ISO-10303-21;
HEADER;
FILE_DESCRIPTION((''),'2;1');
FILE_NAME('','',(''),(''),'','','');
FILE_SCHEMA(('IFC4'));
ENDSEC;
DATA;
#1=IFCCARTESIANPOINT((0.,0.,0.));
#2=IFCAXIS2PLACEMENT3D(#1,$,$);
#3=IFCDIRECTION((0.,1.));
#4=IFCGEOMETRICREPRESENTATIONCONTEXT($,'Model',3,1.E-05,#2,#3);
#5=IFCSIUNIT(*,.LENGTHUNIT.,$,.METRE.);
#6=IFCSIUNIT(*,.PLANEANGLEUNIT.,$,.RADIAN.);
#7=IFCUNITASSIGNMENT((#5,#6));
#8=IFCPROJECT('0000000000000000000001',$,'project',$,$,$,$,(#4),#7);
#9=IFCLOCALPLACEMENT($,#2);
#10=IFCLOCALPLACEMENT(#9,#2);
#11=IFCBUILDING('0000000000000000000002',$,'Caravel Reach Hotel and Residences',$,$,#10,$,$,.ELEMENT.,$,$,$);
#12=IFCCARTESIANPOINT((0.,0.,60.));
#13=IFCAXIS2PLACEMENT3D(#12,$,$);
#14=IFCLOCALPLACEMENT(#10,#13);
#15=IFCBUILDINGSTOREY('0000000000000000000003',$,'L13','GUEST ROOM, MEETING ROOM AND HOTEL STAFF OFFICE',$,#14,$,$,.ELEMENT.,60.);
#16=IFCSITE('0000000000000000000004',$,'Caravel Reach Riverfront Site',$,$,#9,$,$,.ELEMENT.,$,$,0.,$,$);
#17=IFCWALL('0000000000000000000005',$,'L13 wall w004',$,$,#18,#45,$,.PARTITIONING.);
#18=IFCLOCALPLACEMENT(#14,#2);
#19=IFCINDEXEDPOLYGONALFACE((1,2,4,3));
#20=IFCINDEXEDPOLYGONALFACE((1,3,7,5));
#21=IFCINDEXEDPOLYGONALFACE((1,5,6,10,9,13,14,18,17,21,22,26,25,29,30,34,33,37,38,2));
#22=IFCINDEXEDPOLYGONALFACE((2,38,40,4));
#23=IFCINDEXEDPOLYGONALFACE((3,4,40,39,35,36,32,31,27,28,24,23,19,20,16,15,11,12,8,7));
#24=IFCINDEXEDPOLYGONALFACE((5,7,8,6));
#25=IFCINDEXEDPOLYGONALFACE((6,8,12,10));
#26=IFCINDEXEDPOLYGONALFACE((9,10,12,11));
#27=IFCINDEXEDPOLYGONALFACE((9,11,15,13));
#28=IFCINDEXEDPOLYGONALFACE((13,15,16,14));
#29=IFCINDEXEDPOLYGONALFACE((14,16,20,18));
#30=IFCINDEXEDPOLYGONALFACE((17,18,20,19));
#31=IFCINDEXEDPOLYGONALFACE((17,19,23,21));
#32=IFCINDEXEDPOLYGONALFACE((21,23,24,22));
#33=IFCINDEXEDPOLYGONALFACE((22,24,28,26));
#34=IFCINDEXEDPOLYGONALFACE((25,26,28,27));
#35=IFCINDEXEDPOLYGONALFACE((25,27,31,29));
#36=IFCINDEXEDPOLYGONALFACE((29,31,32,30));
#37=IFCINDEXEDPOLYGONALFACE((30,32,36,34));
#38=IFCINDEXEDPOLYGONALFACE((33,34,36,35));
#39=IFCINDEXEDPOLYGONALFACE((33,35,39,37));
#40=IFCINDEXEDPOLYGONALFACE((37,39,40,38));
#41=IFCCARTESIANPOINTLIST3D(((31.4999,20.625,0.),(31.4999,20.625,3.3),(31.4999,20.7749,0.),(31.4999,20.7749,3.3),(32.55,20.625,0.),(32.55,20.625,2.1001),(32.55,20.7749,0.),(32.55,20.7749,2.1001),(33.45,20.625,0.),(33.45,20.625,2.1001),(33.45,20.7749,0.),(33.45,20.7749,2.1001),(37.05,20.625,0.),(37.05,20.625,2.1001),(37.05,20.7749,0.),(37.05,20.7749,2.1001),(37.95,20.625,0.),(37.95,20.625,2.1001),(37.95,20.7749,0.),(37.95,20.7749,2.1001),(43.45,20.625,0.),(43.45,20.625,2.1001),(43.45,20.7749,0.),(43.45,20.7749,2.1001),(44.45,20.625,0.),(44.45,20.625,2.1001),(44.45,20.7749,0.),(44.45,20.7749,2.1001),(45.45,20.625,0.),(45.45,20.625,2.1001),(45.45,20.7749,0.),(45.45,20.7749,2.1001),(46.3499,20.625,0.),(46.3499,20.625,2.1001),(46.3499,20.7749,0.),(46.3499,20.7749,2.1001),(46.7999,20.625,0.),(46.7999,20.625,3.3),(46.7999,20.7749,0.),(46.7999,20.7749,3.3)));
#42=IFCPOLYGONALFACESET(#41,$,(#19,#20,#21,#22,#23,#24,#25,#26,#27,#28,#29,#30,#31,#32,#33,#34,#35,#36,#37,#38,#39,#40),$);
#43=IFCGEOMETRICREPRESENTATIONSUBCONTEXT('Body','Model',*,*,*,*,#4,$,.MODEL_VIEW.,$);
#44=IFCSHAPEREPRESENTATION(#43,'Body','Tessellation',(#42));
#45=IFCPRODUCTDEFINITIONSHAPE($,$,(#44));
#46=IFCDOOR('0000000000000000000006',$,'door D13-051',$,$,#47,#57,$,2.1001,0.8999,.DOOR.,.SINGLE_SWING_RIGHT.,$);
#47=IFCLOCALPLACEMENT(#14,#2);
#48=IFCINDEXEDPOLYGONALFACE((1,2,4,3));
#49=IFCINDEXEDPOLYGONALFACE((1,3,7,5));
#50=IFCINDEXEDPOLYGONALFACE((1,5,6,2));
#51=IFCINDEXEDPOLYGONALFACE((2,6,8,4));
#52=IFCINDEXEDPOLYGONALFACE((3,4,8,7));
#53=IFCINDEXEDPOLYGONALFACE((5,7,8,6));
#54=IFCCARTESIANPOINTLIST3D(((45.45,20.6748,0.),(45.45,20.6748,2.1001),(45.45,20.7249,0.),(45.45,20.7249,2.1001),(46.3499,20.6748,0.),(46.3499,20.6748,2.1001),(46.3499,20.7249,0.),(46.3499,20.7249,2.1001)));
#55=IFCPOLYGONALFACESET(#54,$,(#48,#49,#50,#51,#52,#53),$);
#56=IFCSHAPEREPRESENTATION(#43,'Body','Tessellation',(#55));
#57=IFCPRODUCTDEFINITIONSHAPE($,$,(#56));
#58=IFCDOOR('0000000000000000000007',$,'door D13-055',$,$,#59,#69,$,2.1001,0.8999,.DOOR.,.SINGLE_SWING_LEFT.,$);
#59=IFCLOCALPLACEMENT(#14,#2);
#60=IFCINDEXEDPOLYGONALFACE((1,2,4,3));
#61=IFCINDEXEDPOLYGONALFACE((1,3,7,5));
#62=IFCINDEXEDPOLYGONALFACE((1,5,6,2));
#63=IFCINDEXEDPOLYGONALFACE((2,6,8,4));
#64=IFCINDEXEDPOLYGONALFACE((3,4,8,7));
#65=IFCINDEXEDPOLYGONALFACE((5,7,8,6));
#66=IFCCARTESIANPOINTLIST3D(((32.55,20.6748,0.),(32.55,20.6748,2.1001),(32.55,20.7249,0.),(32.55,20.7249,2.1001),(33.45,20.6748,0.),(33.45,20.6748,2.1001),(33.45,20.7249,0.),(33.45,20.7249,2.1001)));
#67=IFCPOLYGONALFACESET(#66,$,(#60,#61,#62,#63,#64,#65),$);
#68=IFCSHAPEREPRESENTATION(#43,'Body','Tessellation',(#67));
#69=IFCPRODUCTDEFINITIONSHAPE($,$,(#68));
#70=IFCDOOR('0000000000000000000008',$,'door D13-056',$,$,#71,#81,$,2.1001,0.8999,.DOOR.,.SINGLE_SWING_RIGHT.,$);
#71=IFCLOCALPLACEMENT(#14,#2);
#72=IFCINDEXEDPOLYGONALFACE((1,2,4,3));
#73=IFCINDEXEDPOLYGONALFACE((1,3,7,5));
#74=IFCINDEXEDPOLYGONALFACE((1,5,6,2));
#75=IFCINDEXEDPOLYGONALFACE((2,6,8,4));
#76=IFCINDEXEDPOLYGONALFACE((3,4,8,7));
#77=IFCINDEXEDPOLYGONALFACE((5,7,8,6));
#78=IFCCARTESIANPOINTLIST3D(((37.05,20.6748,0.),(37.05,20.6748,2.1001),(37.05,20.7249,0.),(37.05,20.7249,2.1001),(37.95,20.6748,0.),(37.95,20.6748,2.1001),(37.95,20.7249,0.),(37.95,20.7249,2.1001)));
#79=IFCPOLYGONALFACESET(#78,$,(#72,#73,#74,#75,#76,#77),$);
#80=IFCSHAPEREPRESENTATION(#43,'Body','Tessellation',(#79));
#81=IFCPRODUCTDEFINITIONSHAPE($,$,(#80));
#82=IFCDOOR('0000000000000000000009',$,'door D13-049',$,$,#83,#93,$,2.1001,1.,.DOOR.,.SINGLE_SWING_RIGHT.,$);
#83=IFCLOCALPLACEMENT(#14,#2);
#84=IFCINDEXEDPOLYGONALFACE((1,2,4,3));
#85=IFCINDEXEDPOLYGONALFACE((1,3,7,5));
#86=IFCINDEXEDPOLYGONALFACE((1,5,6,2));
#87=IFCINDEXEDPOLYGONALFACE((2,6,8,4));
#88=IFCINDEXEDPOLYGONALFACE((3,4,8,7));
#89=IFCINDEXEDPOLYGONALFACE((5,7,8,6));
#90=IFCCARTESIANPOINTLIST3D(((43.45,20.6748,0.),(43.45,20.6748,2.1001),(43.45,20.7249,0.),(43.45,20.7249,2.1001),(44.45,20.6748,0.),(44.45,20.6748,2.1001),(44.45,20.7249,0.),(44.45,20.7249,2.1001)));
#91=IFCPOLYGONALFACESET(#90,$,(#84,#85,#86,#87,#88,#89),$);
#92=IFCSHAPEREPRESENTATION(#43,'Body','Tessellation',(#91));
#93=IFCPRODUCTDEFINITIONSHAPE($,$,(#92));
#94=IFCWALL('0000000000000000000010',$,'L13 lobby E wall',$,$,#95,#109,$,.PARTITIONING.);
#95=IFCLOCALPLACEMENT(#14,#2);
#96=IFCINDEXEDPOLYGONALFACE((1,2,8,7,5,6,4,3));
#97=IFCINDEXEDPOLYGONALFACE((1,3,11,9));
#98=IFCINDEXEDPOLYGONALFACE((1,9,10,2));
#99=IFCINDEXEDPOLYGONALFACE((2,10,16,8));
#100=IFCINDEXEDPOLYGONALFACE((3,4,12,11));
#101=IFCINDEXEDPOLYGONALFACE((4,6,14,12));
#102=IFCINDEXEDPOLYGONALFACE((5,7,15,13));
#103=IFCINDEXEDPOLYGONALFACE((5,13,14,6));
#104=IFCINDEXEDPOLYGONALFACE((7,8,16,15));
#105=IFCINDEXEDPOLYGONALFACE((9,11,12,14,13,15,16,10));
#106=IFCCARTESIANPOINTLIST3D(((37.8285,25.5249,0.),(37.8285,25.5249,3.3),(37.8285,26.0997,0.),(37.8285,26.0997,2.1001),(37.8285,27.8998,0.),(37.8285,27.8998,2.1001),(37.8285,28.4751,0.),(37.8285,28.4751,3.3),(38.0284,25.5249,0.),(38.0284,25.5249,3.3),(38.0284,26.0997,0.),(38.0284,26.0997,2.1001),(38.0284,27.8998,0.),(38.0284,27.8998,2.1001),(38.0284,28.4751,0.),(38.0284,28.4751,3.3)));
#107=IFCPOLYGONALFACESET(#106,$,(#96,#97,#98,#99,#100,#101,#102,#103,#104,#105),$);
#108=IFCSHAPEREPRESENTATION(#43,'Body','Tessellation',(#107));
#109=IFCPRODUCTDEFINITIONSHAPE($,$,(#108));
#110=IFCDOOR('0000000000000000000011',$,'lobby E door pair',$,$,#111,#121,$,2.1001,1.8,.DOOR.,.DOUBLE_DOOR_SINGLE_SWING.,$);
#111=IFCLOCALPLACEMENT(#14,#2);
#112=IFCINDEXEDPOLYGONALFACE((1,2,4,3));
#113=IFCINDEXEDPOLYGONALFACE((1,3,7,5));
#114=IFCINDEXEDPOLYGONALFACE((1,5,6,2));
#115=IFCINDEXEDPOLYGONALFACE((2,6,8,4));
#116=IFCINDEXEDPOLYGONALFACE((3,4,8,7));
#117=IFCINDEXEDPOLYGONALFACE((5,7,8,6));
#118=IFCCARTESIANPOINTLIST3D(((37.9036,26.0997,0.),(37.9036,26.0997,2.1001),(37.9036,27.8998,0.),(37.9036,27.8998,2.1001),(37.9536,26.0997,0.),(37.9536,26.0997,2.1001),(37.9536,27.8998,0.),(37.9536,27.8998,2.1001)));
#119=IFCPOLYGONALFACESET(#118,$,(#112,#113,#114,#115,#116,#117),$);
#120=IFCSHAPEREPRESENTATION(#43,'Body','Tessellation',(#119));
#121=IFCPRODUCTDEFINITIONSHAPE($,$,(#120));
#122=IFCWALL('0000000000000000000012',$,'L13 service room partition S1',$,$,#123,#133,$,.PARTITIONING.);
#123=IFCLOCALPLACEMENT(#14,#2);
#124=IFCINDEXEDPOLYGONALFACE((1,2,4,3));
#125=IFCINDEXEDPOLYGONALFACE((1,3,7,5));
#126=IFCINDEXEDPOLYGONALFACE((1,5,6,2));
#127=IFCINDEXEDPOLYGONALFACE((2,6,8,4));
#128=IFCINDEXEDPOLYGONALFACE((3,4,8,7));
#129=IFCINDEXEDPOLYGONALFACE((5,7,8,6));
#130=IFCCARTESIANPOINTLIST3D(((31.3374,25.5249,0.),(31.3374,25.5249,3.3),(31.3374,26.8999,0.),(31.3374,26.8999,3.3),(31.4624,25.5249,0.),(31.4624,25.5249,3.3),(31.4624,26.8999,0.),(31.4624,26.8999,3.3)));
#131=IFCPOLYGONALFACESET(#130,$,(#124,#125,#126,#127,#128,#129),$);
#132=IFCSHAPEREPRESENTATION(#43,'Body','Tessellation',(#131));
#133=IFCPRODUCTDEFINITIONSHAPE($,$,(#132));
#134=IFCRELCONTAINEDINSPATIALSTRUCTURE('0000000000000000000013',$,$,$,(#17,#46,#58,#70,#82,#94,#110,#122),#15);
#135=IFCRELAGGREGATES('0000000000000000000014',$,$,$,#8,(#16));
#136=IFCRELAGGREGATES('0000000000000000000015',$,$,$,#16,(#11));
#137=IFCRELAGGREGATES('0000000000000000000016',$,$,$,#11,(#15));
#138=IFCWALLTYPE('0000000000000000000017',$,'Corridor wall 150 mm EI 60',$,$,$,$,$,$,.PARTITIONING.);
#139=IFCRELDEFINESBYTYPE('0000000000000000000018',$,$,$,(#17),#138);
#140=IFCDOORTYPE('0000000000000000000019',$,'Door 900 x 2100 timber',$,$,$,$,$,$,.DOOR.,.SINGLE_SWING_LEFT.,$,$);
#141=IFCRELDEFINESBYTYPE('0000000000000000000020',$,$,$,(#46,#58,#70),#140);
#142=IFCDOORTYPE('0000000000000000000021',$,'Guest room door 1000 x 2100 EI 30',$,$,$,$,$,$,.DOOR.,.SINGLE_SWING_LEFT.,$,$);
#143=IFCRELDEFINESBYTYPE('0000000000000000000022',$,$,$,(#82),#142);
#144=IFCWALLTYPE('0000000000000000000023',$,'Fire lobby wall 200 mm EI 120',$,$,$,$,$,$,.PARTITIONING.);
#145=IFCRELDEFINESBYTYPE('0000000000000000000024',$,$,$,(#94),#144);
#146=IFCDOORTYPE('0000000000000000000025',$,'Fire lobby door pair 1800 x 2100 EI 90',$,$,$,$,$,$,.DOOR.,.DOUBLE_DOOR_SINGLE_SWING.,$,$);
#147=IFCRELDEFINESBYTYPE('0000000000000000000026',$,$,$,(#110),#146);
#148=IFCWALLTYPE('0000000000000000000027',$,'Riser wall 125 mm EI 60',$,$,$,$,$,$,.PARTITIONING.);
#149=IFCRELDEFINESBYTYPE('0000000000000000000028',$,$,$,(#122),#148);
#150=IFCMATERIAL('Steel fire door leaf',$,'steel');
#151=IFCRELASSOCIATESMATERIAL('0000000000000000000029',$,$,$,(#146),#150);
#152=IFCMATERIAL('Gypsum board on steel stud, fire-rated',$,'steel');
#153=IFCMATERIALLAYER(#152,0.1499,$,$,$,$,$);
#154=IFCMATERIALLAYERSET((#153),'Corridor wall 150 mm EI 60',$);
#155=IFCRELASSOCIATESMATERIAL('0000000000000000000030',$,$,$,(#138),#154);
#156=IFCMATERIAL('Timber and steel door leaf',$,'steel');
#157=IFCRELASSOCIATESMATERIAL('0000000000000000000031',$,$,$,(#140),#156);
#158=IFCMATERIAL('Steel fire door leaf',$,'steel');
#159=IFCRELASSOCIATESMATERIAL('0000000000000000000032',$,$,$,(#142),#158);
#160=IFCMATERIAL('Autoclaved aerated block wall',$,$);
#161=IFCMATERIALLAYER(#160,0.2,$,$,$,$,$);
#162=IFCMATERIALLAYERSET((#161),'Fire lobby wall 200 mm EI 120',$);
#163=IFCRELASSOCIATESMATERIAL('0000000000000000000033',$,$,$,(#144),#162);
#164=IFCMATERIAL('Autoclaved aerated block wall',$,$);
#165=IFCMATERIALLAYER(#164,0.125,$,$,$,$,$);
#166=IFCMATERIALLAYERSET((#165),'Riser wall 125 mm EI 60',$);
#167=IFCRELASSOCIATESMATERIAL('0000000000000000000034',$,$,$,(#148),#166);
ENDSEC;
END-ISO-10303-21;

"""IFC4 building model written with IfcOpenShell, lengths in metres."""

from ifc_helpers import new_model, si_unit, direction, frame, frame_2d, origin, place, context, subcontext, project, spatial, rectangle, extrude, material, layer, layer_set, type_object, element, fill, save


model = new_model("IFC4")

# Units and contexts
model_context = context("Model", 3, precision=1e-05, world=origin(), true_north=direction((0.0, 1.0)))
body_context = subcontext(model_context, "Body", "Model", "MODEL_VIEW")
ifc_project = project(units=[si_unit("LENGTHUNIT", "METRE"), si_unit("PLANEANGLEUNIT", "RADIAN")], contexts=[model_context])

# Site, building, storey
site_placement = place(None, origin())
site = spatial("IfcSite", under=ifc_project, at=site_placement, Name="Caravel Reach Riverfront Site", CompositionType="ELEMENT", RefElevation=0.0)
building_placement = place(site_placement, origin())
building = spatial("IfcBuilding", under=site, at=building_placement, Name="Caravel Reach Hotel and Residences", CompositionType="ELEMENT")
storey_placement = place(building_placement, frame((0.0, 0.0, 60.0)))
storey = spatial("IfcBuildingStorey", under=building, at=storey_placement, Name="L13", Description="GUEST ROOM, MEETING ROOM AND HOTEL STAFF OFFICE", CompositionType="ELEMENT", Elevation=60.0)

# Shared definitions
ifc_material_1 = material(Name="Steel fire door leaf", Category="steel")
door_type_1 = type_object("IfcDoorType", Name="Fire lobby door pair 1800 x 2100 EI 90", OperationType="DOUBLE_DOOR_SINGLE_SWING", PredefinedType="DOOR", material=ifc_material_1)

# Wall, openings, doors
ifc_material_2 = material(Name="Gypsum board on steel stud, fire-rated", Category="steel")
ifc_layer_1 = layer(ifc_material_2, 0.1499)
ifc_layer_set_1 = layer_set([ifc_layer_1], Name="Corridor wall 150 mm EI 60")
wall_type_1 = type_object("IfcWallType", Name="Corridor wall 150 mm EI 60", PredefinedType="PARTITIONING", material=ifc_layer_set_1)
wall_1_placement = place(storey_placement, frame((31.5, 20.7, 0.0), z_axis=(0.0, 0.0, 1.0), x_axis=(1.0, 0.0, 0.0)))
wall_1 = element("IfcWall", 1, at=wall_1_placement, inside=storey, type_object=wall_type_1, Name="L13 wall w004", PredefinedType="PARTITIONING", context=body_context, shape_type="SweptSolid", body=[
    extrude(rectangle(XDim=15.3, YDim=0.1499, at=frame_2d((7.6499, 0.0))), origin(), (0.0, 0.0, 1.0), 3.3),
])
opening_1_placement = place(wall_1_placement, frame((11.95, 0.0, 0.0)))
opening_1 = element("IfcOpeningElement", 2, at=opening_1_placement, cuts=wall_1, PredefinedType="OPENING", context=body_context, shape_type="SweptSolid", body=[
    extrude(rectangle(XDim=1.0, YDim=2.1001, at=frame_2d((0.5, 1.05))), frame((0.0, 0.085, 0.0), z_axis=(0.0, -1.0, 0.0), x_axis=(1.0, 0.0, 0.0)), (0.0, 0.0, 1.0), 0.1699),
])
opening_2_placement = place(wall_1_placement, frame((13.95, 0.0, 0.0)))
opening_2 = element("IfcOpeningElement", 3, at=opening_2_placement, cuts=wall_1, PredefinedType="OPENING", context=body_context, shape_type="SweptSolid", body=[
    extrude(rectangle(XDim=0.8999, YDim=2.1001, at=frame_2d((0.45, 1.05))), frame((0.0, 0.085, 0.0), z_axis=(0.0, -1.0, 0.0), x_axis=(1.0, 0.0, 0.0)), (0.0, 0.0, 1.0), 0.1699),
])
opening_3_placement = place(wall_1_placement, frame((1.05, 0.0, 0.0)))
opening_3 = element("IfcOpeningElement", 4, at=opening_3_placement, cuts=wall_1, PredefinedType="OPENING", context=body_context, shape_type="SweptSolid", body=[
    extrude(rectangle(XDim=0.8999, YDim=2.1001, at=frame_2d((0.45, 1.05))), frame((0.0, 0.085, 0.0), z_axis=(0.0, -1.0, 0.0), x_axis=(1.0, 0.0, 0.0)), (0.0, 0.0, 1.0), 0.1699),
])
opening_4_placement = place(wall_1_placement, frame((5.55, 0.0, 0.0)))
opening_4 = element("IfcOpeningElement", 5, at=opening_4_placement, cuts=wall_1, PredefinedType="OPENING", context=body_context, shape_type="SweptSolid", body=[
    extrude(rectangle(XDim=0.8999, YDim=2.1001, at=frame_2d((0.45, 1.05))), frame((0.0, 0.085, 0.0), z_axis=(0.0, -1.0, 0.0), x_axis=(1.0, 0.0, 0.0)), (0.0, 0.0, 1.0), 0.1699),
])
ifc_material_3 = material(Name="Timber and steel door leaf", Category="steel")
door_type_2 = type_object("IfcDoorType", Name="Door 900 x 2100 timber", OperationType="SINGLE_SWING_LEFT", PredefinedType="DOOR", material=ifc_material_3)
door_1_placement = place(opening_2_placement, origin())
door_1 = element("IfcDoor", 6, at=door_1_placement, inside=storey, type_object=door_type_2, Name="door D13-051", OperationType="SINGLE_SWING_RIGHT", OverallHeight=2.1001, OverallWidth=0.8999, PredefinedType="DOOR", context=body_context, shape_type="SweptSolid", body=[
    extrude(rectangle(XDim=0.8999, YDim=2.1001, at=frame_2d((0.45, 1.05))), frame((0.0, 0.0249, 0.0), z_axis=(0.0, -1.0, 0.0), x_axis=(1.0, 0.0, 0.0)), (0.0, 0.0, 1.0), 0.05),
])
fill(opening_2, door_1)
door_2_placement = place(opening_3_placement, origin())
door_2 = element("IfcDoor", 7, at=door_2_placement, inside=storey, type_object=door_type_2, Name="door D13-055", OperationType="SINGLE_SWING_LEFT", OverallHeight=2.1001, OverallWidth=0.8999, PredefinedType="DOOR", context=body_context, shape_type="SweptSolid", body=[
    extrude(rectangle(XDim=0.8999, YDim=2.1001, at=frame_2d((0.45, 1.05))), frame((0.0, 0.0249, 0.0), z_axis=(0.0, -1.0, 0.0), x_axis=(1.0, 0.0, 0.0)), (0.0, 0.0, 1.0), 0.05),
])
fill(opening_3, door_2)
door_3_placement = place(opening_4_placement, origin())
door_3 = element("IfcDoor", 8, at=door_3_placement, inside=storey, type_object=door_type_2, Name="door D13-056", OperationType="SINGLE_SWING_RIGHT", OverallHeight=2.1001, OverallWidth=0.8999, PredefinedType="DOOR", context=body_context, shape_type="SweptSolid", body=[
    extrude(rectangle(XDim=0.8999, YDim=2.1001, at=frame_2d((0.45, 1.05))), frame((0.0, 0.0249, 0.0), z_axis=(0.0, -1.0, 0.0), x_axis=(1.0, 0.0, 0.0)), (0.0, 0.0, 1.0), 0.05),
])
fill(opening_4, door_3)
ifc_material_4 = material(Name="Steel fire door leaf", Category="steel")
door_type_3 = type_object("IfcDoorType", Name="Guest room door 1000 x 2100 EI 30", OperationType="SINGLE_SWING_LEFT", PredefinedType="DOOR", material=ifc_material_4)
door_4_placement = place(opening_1_placement, origin())
door_4 = element("IfcDoor", 9, at=door_4_placement, inside=storey, type_object=door_type_3, Name="door D13-049", OperationType="SINGLE_SWING_RIGHT", OverallHeight=2.1001, OverallWidth=1.0, PredefinedType="DOOR", context=body_context, shape_type="SweptSolid", body=[
    extrude(rectangle(XDim=1.0, YDim=2.1001, at=frame_2d((0.5, 1.05))), frame((0.0, 0.0249, 0.0), z_axis=(0.0, -1.0, 0.0), x_axis=(1.0, 0.0, 0.0)), (0.0, 0.0, 1.0), 0.05),
])
fill(opening_1, door_4)

# Wall, opening, door
ifc_material_5 = material(Name="Autoclaved aerated block wall")
ifc_layer_2 = layer(ifc_material_5, 0.2)
ifc_layer_set_2 = layer_set([ifc_layer_2], Name="Fire lobby wall 200 mm EI 120")
wall_type_2 = type_object("IfcWallType", Name="Fire lobby wall 200 mm EI 120", PredefinedType="PARTITIONING", material=ifc_layer_set_2)
wall_2_placement = place(storey_placement, frame((37.9285, 25.5249, 0.0), z_axis=(0.0, 0.0, 1.0), x_axis=(0.0, 1.0, 0.0)))
wall_2 = element("IfcWall", 10, at=wall_2_placement, inside=storey, type_object=wall_type_2, Name="L13 lobby E wall", PredefinedType="PARTITIONING", context=body_context, shape_type="SweptSolid", body=[
    extrude(rectangle(XDim=2.9502, YDim=0.2, at=frame_2d((1.4751, 0.0))), origin(), (0.0, 0.0, 1.0), 3.3),
])
opening_5_placement = place(wall_2_placement, frame((0.575, 0.0, 0.0)))
opening_5 = element("IfcOpeningElement", 11, at=opening_5_placement, cuts=wall_2, PredefinedType="OPENING", context=body_context, shape_type="SweptSolid", body=[
    extrude(rectangle(XDim=1.8, YDim=2.1001, at=frame_2d((0.8999, 1.05))), frame((0.0, 0.1099, 0.0), z_axis=(0.0, -1.0, 0.0), x_axis=(1.0, 0.0, 0.0)), (0.0, 0.0, 1.0), 0.22),
])
door_5_placement = place(opening_5_placement, origin())
door_5 = element("IfcDoor", 12, at=door_5_placement, inside=storey, type_object=door_type_1, Name="lobby E door pair", OperationType="DOUBLE_DOOR_SINGLE_SWING", OverallHeight=2.1001, OverallWidth=1.8, PredefinedType="DOOR", context=body_context, shape_type="SweptSolid", body=[
    extrude(rectangle(XDim=1.8, YDim=2.1001, at=frame_2d((0.8999, 1.05))), frame((0.0, 0.0249, 0.0), z_axis=(0.0, -1.0, 0.0), x_axis=(1.0, 0.0, 0.0)), (0.0, 0.0, 1.0), 0.05),
])
fill(opening_5, door_5)

# Wall
ifc_material_6 = material(Name="Autoclaved aerated block wall")
ifc_layer_3 = layer(ifc_material_6, 0.125)
ifc_layer_set_3 = layer_set([ifc_layer_3], Name="Riser wall 125 mm EI 60")
wall_type_3 = type_object("IfcWallType", Name="Riser wall 125 mm EI 60", PredefinedType="PARTITIONING", material=ifc_layer_set_3)
wall_3_placement = place(storey_placement, frame((31.3999, 25.5249, 0.0), z_axis=(0.0, 0.0, 1.0), x_axis=(0.0, 1.0, 0.0)))
element("IfcWall", 13, at=wall_3_placement, inside=storey, type_object=wall_type_3, Name="L13 service room partition S1", PredefinedType="PARTITIONING", context=body_context, shape_type="SweptSolid", body=[
    extrude(rectangle(XDim=1.375, YDim=0.125, at=frame_2d((0.6875, 0.0))), origin(), (0.0, 0.0, 1.0), 3.3),
])

save(model, "model.ifc")
